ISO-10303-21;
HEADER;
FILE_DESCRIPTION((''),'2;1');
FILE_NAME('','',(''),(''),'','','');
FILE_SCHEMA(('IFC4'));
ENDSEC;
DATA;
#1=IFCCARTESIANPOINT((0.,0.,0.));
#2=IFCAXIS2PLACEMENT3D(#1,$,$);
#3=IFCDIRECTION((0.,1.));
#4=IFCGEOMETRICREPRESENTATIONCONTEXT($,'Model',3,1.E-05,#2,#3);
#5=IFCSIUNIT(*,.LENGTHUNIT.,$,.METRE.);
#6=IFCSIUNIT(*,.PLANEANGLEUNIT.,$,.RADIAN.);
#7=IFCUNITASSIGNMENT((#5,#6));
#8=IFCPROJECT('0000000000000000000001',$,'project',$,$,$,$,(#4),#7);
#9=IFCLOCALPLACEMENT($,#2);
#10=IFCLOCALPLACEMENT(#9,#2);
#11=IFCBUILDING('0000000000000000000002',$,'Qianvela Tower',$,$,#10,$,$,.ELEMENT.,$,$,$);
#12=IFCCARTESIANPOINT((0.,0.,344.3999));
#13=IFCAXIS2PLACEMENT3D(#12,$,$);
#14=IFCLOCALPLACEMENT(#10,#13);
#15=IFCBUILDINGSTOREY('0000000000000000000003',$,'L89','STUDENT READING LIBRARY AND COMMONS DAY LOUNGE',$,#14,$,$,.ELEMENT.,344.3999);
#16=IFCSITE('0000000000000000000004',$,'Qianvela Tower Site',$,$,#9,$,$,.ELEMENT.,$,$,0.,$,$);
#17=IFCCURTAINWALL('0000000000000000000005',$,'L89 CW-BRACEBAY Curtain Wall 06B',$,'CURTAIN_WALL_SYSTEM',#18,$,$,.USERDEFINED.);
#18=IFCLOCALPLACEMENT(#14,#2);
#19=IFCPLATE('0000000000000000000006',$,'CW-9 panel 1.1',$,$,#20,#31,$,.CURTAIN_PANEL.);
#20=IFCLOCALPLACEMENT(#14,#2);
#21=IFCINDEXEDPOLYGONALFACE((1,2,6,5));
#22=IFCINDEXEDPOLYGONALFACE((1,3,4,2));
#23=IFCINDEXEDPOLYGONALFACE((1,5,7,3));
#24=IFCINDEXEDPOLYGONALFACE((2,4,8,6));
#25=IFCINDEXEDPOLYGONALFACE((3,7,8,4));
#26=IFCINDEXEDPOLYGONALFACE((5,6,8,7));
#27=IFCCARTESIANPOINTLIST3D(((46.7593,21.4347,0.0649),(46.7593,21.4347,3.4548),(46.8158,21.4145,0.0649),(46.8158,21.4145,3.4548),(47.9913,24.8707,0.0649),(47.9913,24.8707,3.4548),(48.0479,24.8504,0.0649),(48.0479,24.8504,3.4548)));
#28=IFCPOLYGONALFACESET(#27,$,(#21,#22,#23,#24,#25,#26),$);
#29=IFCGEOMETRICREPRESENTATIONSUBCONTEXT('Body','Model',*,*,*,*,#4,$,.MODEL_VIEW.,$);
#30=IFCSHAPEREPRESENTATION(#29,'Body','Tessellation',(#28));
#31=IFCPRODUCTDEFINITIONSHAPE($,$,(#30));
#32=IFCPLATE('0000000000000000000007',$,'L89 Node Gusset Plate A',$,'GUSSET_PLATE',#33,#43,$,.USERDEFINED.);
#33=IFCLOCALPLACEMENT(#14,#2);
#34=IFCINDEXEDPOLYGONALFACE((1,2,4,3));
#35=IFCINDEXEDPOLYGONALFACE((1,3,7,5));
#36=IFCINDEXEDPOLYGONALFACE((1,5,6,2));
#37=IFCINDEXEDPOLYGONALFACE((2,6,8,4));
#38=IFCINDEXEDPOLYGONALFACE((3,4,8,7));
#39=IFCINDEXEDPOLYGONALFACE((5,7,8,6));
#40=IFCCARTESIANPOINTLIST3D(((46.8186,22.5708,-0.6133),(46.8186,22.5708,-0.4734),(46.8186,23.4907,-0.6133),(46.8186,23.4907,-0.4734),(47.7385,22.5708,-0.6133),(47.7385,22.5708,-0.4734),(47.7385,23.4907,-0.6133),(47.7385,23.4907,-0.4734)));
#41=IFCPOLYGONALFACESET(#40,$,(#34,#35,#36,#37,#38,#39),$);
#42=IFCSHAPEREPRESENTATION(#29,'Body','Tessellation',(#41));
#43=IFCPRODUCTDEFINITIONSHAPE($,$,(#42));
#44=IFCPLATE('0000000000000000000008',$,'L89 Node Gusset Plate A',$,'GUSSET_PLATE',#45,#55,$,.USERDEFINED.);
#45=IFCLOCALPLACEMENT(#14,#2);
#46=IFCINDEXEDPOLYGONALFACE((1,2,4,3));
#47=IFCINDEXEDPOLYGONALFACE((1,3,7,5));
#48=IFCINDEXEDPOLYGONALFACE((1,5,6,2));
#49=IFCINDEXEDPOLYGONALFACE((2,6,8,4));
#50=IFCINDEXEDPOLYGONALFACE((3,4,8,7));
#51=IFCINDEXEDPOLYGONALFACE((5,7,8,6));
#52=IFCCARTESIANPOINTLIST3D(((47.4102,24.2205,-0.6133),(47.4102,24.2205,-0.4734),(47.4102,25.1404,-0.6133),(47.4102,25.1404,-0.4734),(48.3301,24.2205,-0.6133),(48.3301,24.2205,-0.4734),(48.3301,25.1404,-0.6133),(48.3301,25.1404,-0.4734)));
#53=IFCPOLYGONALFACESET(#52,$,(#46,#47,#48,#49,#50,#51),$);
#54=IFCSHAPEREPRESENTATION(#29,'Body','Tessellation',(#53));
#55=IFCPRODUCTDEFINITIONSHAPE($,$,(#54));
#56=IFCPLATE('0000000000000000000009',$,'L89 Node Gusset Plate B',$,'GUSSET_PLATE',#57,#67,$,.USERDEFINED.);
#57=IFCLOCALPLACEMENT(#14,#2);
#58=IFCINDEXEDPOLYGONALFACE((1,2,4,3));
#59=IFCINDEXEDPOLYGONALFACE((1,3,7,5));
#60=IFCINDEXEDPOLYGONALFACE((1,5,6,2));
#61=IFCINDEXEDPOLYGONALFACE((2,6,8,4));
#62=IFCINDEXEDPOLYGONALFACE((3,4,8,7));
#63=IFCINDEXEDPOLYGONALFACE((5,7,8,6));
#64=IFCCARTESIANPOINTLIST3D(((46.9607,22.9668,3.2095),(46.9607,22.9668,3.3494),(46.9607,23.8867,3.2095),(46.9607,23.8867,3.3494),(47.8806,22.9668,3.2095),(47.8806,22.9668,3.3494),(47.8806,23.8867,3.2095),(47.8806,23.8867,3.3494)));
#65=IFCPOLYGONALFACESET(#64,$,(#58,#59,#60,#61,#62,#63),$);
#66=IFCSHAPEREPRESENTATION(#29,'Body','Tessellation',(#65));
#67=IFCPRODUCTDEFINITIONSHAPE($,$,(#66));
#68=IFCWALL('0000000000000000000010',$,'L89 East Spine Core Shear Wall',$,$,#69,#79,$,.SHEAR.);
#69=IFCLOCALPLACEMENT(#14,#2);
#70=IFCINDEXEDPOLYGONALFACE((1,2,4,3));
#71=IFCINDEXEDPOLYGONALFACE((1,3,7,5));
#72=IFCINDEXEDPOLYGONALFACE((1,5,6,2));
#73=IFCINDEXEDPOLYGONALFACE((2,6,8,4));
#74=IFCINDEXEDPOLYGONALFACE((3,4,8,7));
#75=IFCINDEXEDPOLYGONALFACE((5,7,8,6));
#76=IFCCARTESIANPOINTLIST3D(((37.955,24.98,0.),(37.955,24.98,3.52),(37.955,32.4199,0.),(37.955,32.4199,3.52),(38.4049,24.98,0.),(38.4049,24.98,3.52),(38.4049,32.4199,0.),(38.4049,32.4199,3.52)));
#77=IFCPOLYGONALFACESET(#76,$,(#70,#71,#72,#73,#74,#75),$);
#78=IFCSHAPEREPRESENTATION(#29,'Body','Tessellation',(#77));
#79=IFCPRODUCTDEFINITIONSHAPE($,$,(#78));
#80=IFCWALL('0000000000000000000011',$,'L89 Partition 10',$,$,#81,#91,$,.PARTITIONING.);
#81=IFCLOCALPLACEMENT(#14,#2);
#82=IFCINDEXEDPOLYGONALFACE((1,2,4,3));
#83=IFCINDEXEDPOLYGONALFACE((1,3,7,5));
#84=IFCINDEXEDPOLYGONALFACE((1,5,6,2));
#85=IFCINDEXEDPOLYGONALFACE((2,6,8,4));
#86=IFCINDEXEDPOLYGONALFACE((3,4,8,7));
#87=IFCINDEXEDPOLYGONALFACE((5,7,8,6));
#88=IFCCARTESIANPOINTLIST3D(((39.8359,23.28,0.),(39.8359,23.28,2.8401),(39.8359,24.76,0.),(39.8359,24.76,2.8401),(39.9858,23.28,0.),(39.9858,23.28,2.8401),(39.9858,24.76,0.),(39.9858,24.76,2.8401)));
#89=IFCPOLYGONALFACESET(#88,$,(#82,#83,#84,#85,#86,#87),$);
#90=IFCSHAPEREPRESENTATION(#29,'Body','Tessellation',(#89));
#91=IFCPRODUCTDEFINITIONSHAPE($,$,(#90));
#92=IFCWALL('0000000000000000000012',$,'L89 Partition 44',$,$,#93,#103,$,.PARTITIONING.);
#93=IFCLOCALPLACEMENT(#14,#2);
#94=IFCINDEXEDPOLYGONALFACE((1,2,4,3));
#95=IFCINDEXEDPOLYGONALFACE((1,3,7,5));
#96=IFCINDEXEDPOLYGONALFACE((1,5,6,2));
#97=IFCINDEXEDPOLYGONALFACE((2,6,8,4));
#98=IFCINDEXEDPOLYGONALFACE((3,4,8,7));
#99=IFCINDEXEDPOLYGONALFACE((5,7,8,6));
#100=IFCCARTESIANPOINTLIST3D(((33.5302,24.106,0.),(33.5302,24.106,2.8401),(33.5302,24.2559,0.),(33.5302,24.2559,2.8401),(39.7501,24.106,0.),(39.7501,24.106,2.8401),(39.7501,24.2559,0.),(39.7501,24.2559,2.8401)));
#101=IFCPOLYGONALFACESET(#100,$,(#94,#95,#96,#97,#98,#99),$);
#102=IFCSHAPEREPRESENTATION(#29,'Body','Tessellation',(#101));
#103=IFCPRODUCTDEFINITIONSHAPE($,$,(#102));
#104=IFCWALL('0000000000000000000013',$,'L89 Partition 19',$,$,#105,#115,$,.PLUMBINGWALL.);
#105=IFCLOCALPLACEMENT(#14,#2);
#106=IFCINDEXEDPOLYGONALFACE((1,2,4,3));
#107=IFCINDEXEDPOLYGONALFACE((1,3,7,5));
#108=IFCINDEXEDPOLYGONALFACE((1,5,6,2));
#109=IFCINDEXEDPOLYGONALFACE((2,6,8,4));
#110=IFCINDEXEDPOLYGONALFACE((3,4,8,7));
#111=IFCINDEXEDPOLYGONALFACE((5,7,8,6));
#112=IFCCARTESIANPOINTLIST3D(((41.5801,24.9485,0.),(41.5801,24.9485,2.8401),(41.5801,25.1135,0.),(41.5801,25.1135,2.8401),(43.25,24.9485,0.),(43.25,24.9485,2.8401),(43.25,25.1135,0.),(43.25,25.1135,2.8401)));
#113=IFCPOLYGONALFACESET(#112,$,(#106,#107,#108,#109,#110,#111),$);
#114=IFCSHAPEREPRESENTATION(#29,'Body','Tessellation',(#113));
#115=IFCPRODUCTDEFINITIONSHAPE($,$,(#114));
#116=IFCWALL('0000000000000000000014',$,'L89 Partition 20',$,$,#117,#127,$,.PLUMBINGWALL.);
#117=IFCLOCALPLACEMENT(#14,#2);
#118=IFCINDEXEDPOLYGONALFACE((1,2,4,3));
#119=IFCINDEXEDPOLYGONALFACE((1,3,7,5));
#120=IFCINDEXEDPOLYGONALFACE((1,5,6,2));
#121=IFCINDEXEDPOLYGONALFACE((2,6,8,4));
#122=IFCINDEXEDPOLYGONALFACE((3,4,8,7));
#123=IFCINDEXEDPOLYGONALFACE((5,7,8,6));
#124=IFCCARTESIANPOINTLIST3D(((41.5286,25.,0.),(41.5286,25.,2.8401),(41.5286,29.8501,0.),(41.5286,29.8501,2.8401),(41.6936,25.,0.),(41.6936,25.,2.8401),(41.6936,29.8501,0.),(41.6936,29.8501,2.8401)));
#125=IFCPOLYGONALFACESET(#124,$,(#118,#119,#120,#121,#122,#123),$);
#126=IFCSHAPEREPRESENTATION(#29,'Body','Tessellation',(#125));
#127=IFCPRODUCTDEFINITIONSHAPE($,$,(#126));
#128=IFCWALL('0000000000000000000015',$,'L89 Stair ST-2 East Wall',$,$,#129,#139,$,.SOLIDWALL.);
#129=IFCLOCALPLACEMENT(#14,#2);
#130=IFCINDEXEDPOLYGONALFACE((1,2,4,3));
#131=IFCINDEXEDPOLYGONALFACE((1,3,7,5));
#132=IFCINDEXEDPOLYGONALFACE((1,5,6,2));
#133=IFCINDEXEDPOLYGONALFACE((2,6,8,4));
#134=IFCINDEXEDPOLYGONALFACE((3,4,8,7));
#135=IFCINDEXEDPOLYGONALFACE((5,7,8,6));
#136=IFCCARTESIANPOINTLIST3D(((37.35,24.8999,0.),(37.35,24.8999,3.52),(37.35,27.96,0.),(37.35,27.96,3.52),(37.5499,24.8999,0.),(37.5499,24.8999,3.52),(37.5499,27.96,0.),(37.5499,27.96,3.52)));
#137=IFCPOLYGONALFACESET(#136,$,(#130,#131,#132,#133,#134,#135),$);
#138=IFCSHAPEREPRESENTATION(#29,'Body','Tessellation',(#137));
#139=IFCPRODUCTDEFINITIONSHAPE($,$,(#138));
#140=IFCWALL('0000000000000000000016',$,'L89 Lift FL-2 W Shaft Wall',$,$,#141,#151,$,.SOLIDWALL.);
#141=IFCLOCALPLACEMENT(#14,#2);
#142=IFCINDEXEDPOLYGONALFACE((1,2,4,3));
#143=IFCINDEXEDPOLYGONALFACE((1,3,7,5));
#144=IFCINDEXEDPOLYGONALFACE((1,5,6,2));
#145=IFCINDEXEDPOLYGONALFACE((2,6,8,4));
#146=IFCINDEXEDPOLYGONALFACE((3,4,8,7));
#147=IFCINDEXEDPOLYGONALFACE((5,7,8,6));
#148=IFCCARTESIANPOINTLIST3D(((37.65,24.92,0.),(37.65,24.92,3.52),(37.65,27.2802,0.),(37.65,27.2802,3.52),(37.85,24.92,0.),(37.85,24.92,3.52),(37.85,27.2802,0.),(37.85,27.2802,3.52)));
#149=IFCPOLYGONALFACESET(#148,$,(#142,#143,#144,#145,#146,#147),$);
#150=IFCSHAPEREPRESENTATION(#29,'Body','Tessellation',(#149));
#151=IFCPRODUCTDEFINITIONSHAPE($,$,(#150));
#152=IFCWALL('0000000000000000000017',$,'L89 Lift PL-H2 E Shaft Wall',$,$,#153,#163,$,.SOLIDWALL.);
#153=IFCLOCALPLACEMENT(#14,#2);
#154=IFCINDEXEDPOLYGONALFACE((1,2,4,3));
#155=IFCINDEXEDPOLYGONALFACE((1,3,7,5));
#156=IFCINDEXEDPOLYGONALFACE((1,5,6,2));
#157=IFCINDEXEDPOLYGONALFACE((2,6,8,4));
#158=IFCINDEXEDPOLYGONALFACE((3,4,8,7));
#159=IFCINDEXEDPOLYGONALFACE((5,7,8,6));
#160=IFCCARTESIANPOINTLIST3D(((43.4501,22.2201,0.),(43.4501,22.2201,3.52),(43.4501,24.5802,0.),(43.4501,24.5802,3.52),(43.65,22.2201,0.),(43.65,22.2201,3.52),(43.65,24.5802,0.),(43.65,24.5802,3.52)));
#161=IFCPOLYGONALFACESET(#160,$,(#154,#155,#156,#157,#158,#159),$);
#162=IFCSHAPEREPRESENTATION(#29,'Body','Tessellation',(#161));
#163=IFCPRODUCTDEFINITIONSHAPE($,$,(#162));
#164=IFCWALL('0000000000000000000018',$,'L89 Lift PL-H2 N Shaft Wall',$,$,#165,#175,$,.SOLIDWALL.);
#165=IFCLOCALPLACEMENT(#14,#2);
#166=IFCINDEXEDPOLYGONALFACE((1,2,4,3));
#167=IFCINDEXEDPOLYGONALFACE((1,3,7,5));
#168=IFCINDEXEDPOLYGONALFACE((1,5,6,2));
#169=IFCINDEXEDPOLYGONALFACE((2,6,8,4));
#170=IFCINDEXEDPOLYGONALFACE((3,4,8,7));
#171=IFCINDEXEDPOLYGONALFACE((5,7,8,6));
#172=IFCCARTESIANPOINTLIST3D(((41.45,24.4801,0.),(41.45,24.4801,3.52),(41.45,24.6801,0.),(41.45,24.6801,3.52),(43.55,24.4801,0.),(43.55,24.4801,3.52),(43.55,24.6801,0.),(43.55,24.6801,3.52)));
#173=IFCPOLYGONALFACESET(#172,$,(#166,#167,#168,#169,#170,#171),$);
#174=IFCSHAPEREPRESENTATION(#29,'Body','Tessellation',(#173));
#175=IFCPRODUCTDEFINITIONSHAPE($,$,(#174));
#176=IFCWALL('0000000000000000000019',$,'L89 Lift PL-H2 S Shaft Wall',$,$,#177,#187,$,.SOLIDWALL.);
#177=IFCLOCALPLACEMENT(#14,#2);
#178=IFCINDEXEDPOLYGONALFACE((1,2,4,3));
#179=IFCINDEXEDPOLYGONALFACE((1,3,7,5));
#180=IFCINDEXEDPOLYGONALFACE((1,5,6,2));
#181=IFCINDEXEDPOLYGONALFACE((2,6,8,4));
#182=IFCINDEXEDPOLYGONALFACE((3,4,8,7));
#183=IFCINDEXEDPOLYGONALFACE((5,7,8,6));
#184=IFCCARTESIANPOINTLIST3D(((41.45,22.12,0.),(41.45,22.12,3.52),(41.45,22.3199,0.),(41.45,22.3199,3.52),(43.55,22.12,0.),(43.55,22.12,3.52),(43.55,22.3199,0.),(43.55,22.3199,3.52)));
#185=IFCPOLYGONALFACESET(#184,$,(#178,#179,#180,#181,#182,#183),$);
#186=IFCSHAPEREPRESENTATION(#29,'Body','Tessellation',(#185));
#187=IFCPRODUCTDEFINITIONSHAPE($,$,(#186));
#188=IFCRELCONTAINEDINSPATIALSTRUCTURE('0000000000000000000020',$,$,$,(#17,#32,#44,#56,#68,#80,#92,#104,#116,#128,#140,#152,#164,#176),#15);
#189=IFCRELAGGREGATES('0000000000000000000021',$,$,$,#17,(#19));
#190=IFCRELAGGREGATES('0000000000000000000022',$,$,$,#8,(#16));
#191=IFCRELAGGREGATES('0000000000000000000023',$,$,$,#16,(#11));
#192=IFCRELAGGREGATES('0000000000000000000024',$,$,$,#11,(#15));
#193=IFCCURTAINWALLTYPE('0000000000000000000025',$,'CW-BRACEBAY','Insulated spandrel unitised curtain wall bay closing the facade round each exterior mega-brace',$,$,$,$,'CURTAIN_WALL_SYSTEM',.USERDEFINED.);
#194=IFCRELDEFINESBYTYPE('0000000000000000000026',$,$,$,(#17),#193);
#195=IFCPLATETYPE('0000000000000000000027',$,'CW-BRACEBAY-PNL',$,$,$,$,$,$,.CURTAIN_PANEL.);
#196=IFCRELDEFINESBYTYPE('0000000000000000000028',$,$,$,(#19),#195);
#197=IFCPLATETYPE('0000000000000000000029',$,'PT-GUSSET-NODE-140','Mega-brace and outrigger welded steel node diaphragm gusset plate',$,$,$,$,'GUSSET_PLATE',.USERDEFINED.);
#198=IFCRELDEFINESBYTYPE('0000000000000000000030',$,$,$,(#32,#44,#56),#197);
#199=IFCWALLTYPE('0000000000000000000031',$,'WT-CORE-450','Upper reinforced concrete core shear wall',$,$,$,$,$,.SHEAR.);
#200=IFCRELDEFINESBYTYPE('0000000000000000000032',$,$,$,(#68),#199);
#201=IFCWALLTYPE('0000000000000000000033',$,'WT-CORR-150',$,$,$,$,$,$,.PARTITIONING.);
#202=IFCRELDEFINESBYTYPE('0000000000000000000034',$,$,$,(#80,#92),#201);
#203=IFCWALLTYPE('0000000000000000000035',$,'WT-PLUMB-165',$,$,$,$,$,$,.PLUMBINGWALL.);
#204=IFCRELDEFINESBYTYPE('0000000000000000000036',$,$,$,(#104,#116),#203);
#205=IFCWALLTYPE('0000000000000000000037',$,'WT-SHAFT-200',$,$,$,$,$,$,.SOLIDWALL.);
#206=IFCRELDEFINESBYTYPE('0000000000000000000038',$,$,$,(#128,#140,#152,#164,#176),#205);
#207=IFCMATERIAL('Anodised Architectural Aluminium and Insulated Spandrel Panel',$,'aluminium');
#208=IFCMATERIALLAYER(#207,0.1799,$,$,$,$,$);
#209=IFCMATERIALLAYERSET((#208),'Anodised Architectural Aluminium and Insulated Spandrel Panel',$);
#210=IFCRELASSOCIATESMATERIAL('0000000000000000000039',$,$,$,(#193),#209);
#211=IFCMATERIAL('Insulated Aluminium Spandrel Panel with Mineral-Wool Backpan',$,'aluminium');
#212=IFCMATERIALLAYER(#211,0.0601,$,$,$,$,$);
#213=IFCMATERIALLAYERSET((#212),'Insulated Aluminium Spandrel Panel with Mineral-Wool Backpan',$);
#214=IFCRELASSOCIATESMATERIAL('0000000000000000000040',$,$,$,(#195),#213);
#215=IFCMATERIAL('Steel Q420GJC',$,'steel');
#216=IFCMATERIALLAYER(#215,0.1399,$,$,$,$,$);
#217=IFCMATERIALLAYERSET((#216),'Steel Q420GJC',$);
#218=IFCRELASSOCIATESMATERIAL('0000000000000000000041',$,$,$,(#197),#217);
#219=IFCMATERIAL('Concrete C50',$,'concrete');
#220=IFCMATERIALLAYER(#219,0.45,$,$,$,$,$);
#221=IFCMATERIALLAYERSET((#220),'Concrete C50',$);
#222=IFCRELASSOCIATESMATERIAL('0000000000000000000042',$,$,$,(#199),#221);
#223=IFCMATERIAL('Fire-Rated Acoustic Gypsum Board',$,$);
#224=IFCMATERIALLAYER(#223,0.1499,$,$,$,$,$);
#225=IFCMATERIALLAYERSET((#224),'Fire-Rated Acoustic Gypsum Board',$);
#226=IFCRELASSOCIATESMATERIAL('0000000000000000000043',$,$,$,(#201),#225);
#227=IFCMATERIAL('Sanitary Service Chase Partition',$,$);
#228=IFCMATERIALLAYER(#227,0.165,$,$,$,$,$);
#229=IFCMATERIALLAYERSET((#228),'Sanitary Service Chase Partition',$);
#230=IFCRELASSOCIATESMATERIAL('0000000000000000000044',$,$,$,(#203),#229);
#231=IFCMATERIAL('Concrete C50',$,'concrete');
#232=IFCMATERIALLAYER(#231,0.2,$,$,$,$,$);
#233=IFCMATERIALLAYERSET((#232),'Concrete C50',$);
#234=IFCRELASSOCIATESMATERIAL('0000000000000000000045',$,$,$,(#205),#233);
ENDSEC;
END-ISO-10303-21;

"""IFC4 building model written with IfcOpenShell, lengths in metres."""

from ifc_helpers import new_model, si_unit, direction, frame, frame_2d, origin, origin_2d, place, context, subcontext, project, spatial, rectangle, extrude, material, layer, layer_set, type_object, element, aggregate, save


model = new_model("IFC4")

# Units and contexts
model_context = context("Model", 3, precision=1e-05, world=origin(), true_north=direction((0.0, 1.0)))
body_context = subcontext(model_context, "Body", "Model", "MODEL_VIEW")
ifc_project = project(units=[si_unit("LENGTHUNIT", "METRE"), si_unit("PLANEANGLEUNIT", "RADIAN")], contexts=[model_context])

# Site, building, storey
site_placement = place(None, origin())
site = spatial("IfcSite", under=ifc_project, at=site_placement, Name="Qianvela Tower Site", CompositionType="ELEMENT", RefElevation=0.0)
building_placement = place(site_placement, origin())
building = spatial("IfcBuilding", under=site, at=building_placement, Name="Qianvela Tower", CompositionType="ELEMENT")
storey_placement = place(building_placement, frame((0.0, 0.0, 344.3999)))
storey = spatial("IfcBuildingStorey", under=building, at=storey_placement, Name="L89", Description="STUDENT READING LIBRARY AND COMMONS DAY LOUNGE", CompositionType="ELEMENT", Elevation=344.3999)

# Curtain wall
ifc_material_1 = material(Name="Anodised Architectural Aluminium and Insulated Spandrel Panel", Category="aluminium")
ifc_layer_1 = layer(ifc_material_1, 0.1799)
ifc_layer_set_1 = layer_set([ifc_layer_1], Name="Anodised Architectural Aluminium and Insulated Spandrel Panel")
curtain_wall_type_1 = type_object("IfcCurtainWallType", Name="CW-BRACEBAY", Description="Insulated spandrel unitised curtain wall bay closing the facade round each exterior mega-brace", ElementType="CURTAIN_WALL_SYSTEM", PredefinedType="USERDEFINED", material=ifc_layer_set_1)
curtain_wall_1_placement = place(storey_placement, origin())
curtain_wall_1 = element("IfcCurtainWall", 1, at=curtain_wall_1_placement, inside=storey, type_object=curtain_wall_type_1, Name="L89 CW-BRACEBAY Curtain Wall 06B", ObjectType="CURTAIN_WALL_SYSTEM", PredefinedType="USERDEFINED")

# Plate
ifc_material_2 = material(Name="Insulated Aluminium Spandrel Panel with Mineral-Wool Backpan", Category="aluminium")
ifc_layer_2 = layer(ifc_material_2, 0.0601)
ifc_layer_set_2 = layer_set([ifc_layer_2], Name="Insulated Aluminium Spandrel Panel with Mineral-Wool Backpan")
plate_type_1 = type_object("IfcPlateType", Name="CW-BRACEBAY-PNL", PredefinedType="CURTAIN_PANEL", material=ifc_layer_set_2)
plate_placement = place(storey_placement, frame((47.4036, 23.1426, 0.0649), z_axis=(0.0, 0.0, 1.0), x_axis=(0.337536, 0.941313, 0.0)))
plate = element("IfcPlate", 2, at=plate_placement, type_object=plate_type_1, Name="CW-9 panel 1.1", PredefinedType="CURTAIN_PANEL", context=body_context, shape_type="SweptSolid", body=[
    extrude(rectangle(XDim=3.6501, YDim=0.0601, at=origin_2d()), origin(), (0.0, 0.0, 1.0), 3.3899),
])
aggregate(curtain_wall_1, [plate])

# Plates
ifc_material_3 = material(Name="Steel Q420GJC", Category="steel")
ifc_layer_3 = layer(ifc_material_3, 0.1399)
ifc_layer_set_3 = layer_set([ifc_layer_3], Name="Steel Q420GJC")
plate_type_2 = type_object("IfcPlateType", Name="PT-GUSSET-NODE-140", Description="Mega-brace and outrigger welded steel node diaphragm gusset plate", ElementType="GUSSET_PLATE", PredefinedType="USERDEFINED", material=ifc_layer_set_3)
for number, where, z_axis, x_axis, name in (
    (3, (47.2786, 23.0308, -0.6133), (0.0, 0.0, 1.0), (1.0, 0.0, 0.0), "L89 Node Gusset Plate A"),
    (4, (47.8701, 24.6804, -0.6133), (0.0, 0.0, 1.0), (1.0, 0.0, 0.0), "L89 Node Gusset Plate A"),
    (5, (47.4207, 23.4268, 3.2095), (0.0, 0.0, 1.0), (1.0, 0.0, 0.0), "L89 Node Gusset Plate B"),
):
    element("IfcPlate", number, at=place(storey_placement, frame(where, z_axis=z_axis, x_axis=x_axis)), inside=storey, type_object=plate_type_2, Name=name, ObjectType="GUSSET_PLATE", PredefinedType="USERDEFINED", context=body_context, shape_type="SweptSolid", body=[
        extrude(rectangle(XDim=0.9199, YDim=0.9199, at=origin_2d()), origin(), (0.0, 0.0, 1.0), 0.1399),
    ])

# Walls
ifc_material_4 = material(Name="Concrete C50", Category="concrete")
ifc_layer_4 = layer(ifc_material_4, 0.45)
ifc_layer_set_4 = layer_set([ifc_layer_4], Name="Concrete C50")
wall_type_1 = type_object("IfcWallType", Name="WT-CORE-450", Description="Upper reinforced concrete core shear wall", PredefinedType="SHEAR", material=ifc_layer_set_4)
wall_1_placement = place(storey_placement, frame((38.1799, 24.98, 0.0), z_axis=(0.0, 0.0, 1.0), x_axis=(0.0, 1.0, 0.0)))
element("IfcWall", 6, at=wall_1_placement, inside=storey, type_object=wall_type_1, Name="L89 East Spine Core Shear Wall", PredefinedType="SHEAR", context=body_context, shape_type="SweptSolid", body=[
    extrude(rectangle(XDim=7.4399, YDim=0.45, at=frame_2d((3.72, 0.0))), origin(), (0.0, 0.0, 1.0), 3.52),
])
ifc_material_5 = material(Name="Fire-Rated Acoustic Gypsum Board")
ifc_layer_5 = layer(ifc_material_5, 0.1499)
ifc_layer_set_5 = layer_set([ifc_layer_5], Name="Fire-Rated Acoustic Gypsum Board")
wall_type_2 = type_object("IfcWallType", Name="WT-CORR-150", PredefinedType="PARTITIONING", material=ifc_layer_set_5)
wall_2_placement = place(storey_placement, frame((39.9109, 23.28, 0.0), z_axis=(0.0, 0.0, 1.0), x_axis=(0.0, 1.0, 0.0)))
element("IfcWall", 7, at=wall_2_placement, inside=storey, type_object=wall_type_2, Name="L89 Partition 10", PredefinedType="PARTITIONING", context=body_context, shape_type="SweptSolid", body=[
    extrude(rectangle(XDim=1.48, YDim=0.1499, at=frame_2d((0.74, 0.0))), origin(), (0.0, 0.0, 1.0), 2.8401),
])
wall_3_placement = place(storey_placement, frame((39.75, 24.1809, 0.0), z_axis=(0.0, 0.0, 1.0), x_axis=(-1.0, 0.0, 0.0)))
element("IfcWall", 8, at=wall_3_placement, inside=storey, type_object=wall_type_2, Name="L89 Partition 44", PredefinedType="PARTITIONING", context=body_context, shape_type="SweptSolid", body=[
    extrude(rectangle(XDim=6.22, YDim=0.1499, at=frame_2d((3.1099, 0.0))), origin(), (0.0, 0.0, 1.0), 2.8401),
])
ifc_material_6 = material(Name="Sanitary Service Chase Partition")
ifc_layer_6 = layer(ifc_material_6, 0.165)
ifc_layer_set_6 = layer_set([ifc_layer_6], Name="Sanitary Service Chase Partition")
wall_type_3 = type_object("IfcWallType", Name="WT-PLUMB-165", PredefinedType="PLUMBINGWALL", material=ifc_layer_set_6)
wall_4_placement = place(storey_placement, frame((43.25, 25.031, 0.0), z_axis=(0.0, 0.0, 1.0), x_axis=(-1.0, 0.0, 0.0)))
element("IfcWall", 9, at=wall_4_placement, inside=storey, type_object=wall_type_3, Name="L89 Partition 19", PredefinedType="PLUMBINGWALL", context=body_context, shape_type="SweptSolid", body=[
    extrude(rectangle(XDim=1.6699, YDim=0.165, at=frame_2d((0.835, 0.0))), origin(), (0.0, 0.0, 1.0), 2.8401),
])
wall_5_placement = place(storey_placement, frame((41.6111, 25.0, 0.0), z_axis=(0.0, 0.0, 1.0), x_axis=(0.0, 1.0, 0.0)))
element("IfcWall", 10, at=wall_5_placement, inside=storey, type_object=wall_type_3, Name="L89 Partition 20", PredefinedType="PLUMBINGWALL", context=body_context, shape_type="SweptSolid", body=[
    extrude(rectangle(XDim=4.8501, YDim=0.165, at=frame_2d((2.425, 0.0))), origin(), (0.0, 0.0, 1.0), 2.8401),
])
ifc_material_7 = material(Name="Concrete C50", Category="concrete")
ifc_layer_7 = layer(ifc_material_7, 0.2)
ifc_layer_set_7 = layer_set([ifc_layer_7], Name="Concrete C50")
wall_type_4 = type_object("IfcWallType", Name="WT-SHAFT-200", PredefinedType="SOLIDWALL", material=ifc_layer_set_7)
wall_6_placement = place(storey_placement, frame((37.45, 24.8999, 0.0), z_axis=(0.0, 0.0, 1.0), x_axis=(0.0, 1.0, 0.0)))
element("IfcWall", 11, at=wall_6_placement, inside=storey, type_object=wall_type_4, Name="L89 Stair ST-2 East Wall", PredefinedType="SOLIDWALL", context=body_context, shape_type="SweptSolid", body=[
    extrude(rectangle(XDim=3.0601, YDim=0.2, at=frame_2d((1.53, 0.0))), origin(), (0.0, 0.0, 1.0), 3.52),
])

# Walls
for number, where, z_axis, x_axis, name in (
    (12, (37.75, 24.9199, 0.0), (0.0, 0.0, 1.0), (0.0, 1.0, 0.0), "L89 Lift FL-2 W Shaft Wall"),
    (13, (43.55, 22.22, 0.0), (0.0, 0.0, 1.0), (0.0, 1.0, 0.0), "L89 Lift PL-H2 E Shaft Wall"),
):
    element("IfcWall", number, at=place(storey_placement, frame(where, z_axis=z_axis, x_axis=x_axis)), inside=storey, type_object=wall_type_4, Name=name, PredefinedType="SOLIDWALL", context=body_context, shape_type="SweptSolid", body=[
        extrude(rectangle(XDim=2.3601, YDim=0.2, at=frame_2d((1.1802, 0.0))), origin(), (0.0, 0.0, 1.0), 3.52),
    ])

# Walls
for number, where, z_axis, x_axis, name in (
    (14, (41.45, 24.5801, 0.0), (0.0, 0.0, 1.0), (1.0, 0.0, 0.0), "L89 Lift PL-H2 N Shaft Wall"),
    (15, (41.45, 22.22, 0.0), (0.0, 0.0, 1.0), (1.0, 0.0, 0.0), "L89 Lift PL-H2 S Shaft Wall"),
):
    element("IfcWall", number, at=place(storey_placement, frame(where, z_axis=z_axis, x_axis=x_axis)), inside=storey, type_object=wall_type_4, Name=name, PredefinedType="SOLIDWALL", context=body_context, shape_type="SweptSolid", body=[
        extrude(rectangle(XDim=2.1001, YDim=0.2, at=frame_2d((1.05, 0.0))), origin(), (0.0, 0.0, 1.0), 3.52),
    ])

save(model, "model.ifc")
